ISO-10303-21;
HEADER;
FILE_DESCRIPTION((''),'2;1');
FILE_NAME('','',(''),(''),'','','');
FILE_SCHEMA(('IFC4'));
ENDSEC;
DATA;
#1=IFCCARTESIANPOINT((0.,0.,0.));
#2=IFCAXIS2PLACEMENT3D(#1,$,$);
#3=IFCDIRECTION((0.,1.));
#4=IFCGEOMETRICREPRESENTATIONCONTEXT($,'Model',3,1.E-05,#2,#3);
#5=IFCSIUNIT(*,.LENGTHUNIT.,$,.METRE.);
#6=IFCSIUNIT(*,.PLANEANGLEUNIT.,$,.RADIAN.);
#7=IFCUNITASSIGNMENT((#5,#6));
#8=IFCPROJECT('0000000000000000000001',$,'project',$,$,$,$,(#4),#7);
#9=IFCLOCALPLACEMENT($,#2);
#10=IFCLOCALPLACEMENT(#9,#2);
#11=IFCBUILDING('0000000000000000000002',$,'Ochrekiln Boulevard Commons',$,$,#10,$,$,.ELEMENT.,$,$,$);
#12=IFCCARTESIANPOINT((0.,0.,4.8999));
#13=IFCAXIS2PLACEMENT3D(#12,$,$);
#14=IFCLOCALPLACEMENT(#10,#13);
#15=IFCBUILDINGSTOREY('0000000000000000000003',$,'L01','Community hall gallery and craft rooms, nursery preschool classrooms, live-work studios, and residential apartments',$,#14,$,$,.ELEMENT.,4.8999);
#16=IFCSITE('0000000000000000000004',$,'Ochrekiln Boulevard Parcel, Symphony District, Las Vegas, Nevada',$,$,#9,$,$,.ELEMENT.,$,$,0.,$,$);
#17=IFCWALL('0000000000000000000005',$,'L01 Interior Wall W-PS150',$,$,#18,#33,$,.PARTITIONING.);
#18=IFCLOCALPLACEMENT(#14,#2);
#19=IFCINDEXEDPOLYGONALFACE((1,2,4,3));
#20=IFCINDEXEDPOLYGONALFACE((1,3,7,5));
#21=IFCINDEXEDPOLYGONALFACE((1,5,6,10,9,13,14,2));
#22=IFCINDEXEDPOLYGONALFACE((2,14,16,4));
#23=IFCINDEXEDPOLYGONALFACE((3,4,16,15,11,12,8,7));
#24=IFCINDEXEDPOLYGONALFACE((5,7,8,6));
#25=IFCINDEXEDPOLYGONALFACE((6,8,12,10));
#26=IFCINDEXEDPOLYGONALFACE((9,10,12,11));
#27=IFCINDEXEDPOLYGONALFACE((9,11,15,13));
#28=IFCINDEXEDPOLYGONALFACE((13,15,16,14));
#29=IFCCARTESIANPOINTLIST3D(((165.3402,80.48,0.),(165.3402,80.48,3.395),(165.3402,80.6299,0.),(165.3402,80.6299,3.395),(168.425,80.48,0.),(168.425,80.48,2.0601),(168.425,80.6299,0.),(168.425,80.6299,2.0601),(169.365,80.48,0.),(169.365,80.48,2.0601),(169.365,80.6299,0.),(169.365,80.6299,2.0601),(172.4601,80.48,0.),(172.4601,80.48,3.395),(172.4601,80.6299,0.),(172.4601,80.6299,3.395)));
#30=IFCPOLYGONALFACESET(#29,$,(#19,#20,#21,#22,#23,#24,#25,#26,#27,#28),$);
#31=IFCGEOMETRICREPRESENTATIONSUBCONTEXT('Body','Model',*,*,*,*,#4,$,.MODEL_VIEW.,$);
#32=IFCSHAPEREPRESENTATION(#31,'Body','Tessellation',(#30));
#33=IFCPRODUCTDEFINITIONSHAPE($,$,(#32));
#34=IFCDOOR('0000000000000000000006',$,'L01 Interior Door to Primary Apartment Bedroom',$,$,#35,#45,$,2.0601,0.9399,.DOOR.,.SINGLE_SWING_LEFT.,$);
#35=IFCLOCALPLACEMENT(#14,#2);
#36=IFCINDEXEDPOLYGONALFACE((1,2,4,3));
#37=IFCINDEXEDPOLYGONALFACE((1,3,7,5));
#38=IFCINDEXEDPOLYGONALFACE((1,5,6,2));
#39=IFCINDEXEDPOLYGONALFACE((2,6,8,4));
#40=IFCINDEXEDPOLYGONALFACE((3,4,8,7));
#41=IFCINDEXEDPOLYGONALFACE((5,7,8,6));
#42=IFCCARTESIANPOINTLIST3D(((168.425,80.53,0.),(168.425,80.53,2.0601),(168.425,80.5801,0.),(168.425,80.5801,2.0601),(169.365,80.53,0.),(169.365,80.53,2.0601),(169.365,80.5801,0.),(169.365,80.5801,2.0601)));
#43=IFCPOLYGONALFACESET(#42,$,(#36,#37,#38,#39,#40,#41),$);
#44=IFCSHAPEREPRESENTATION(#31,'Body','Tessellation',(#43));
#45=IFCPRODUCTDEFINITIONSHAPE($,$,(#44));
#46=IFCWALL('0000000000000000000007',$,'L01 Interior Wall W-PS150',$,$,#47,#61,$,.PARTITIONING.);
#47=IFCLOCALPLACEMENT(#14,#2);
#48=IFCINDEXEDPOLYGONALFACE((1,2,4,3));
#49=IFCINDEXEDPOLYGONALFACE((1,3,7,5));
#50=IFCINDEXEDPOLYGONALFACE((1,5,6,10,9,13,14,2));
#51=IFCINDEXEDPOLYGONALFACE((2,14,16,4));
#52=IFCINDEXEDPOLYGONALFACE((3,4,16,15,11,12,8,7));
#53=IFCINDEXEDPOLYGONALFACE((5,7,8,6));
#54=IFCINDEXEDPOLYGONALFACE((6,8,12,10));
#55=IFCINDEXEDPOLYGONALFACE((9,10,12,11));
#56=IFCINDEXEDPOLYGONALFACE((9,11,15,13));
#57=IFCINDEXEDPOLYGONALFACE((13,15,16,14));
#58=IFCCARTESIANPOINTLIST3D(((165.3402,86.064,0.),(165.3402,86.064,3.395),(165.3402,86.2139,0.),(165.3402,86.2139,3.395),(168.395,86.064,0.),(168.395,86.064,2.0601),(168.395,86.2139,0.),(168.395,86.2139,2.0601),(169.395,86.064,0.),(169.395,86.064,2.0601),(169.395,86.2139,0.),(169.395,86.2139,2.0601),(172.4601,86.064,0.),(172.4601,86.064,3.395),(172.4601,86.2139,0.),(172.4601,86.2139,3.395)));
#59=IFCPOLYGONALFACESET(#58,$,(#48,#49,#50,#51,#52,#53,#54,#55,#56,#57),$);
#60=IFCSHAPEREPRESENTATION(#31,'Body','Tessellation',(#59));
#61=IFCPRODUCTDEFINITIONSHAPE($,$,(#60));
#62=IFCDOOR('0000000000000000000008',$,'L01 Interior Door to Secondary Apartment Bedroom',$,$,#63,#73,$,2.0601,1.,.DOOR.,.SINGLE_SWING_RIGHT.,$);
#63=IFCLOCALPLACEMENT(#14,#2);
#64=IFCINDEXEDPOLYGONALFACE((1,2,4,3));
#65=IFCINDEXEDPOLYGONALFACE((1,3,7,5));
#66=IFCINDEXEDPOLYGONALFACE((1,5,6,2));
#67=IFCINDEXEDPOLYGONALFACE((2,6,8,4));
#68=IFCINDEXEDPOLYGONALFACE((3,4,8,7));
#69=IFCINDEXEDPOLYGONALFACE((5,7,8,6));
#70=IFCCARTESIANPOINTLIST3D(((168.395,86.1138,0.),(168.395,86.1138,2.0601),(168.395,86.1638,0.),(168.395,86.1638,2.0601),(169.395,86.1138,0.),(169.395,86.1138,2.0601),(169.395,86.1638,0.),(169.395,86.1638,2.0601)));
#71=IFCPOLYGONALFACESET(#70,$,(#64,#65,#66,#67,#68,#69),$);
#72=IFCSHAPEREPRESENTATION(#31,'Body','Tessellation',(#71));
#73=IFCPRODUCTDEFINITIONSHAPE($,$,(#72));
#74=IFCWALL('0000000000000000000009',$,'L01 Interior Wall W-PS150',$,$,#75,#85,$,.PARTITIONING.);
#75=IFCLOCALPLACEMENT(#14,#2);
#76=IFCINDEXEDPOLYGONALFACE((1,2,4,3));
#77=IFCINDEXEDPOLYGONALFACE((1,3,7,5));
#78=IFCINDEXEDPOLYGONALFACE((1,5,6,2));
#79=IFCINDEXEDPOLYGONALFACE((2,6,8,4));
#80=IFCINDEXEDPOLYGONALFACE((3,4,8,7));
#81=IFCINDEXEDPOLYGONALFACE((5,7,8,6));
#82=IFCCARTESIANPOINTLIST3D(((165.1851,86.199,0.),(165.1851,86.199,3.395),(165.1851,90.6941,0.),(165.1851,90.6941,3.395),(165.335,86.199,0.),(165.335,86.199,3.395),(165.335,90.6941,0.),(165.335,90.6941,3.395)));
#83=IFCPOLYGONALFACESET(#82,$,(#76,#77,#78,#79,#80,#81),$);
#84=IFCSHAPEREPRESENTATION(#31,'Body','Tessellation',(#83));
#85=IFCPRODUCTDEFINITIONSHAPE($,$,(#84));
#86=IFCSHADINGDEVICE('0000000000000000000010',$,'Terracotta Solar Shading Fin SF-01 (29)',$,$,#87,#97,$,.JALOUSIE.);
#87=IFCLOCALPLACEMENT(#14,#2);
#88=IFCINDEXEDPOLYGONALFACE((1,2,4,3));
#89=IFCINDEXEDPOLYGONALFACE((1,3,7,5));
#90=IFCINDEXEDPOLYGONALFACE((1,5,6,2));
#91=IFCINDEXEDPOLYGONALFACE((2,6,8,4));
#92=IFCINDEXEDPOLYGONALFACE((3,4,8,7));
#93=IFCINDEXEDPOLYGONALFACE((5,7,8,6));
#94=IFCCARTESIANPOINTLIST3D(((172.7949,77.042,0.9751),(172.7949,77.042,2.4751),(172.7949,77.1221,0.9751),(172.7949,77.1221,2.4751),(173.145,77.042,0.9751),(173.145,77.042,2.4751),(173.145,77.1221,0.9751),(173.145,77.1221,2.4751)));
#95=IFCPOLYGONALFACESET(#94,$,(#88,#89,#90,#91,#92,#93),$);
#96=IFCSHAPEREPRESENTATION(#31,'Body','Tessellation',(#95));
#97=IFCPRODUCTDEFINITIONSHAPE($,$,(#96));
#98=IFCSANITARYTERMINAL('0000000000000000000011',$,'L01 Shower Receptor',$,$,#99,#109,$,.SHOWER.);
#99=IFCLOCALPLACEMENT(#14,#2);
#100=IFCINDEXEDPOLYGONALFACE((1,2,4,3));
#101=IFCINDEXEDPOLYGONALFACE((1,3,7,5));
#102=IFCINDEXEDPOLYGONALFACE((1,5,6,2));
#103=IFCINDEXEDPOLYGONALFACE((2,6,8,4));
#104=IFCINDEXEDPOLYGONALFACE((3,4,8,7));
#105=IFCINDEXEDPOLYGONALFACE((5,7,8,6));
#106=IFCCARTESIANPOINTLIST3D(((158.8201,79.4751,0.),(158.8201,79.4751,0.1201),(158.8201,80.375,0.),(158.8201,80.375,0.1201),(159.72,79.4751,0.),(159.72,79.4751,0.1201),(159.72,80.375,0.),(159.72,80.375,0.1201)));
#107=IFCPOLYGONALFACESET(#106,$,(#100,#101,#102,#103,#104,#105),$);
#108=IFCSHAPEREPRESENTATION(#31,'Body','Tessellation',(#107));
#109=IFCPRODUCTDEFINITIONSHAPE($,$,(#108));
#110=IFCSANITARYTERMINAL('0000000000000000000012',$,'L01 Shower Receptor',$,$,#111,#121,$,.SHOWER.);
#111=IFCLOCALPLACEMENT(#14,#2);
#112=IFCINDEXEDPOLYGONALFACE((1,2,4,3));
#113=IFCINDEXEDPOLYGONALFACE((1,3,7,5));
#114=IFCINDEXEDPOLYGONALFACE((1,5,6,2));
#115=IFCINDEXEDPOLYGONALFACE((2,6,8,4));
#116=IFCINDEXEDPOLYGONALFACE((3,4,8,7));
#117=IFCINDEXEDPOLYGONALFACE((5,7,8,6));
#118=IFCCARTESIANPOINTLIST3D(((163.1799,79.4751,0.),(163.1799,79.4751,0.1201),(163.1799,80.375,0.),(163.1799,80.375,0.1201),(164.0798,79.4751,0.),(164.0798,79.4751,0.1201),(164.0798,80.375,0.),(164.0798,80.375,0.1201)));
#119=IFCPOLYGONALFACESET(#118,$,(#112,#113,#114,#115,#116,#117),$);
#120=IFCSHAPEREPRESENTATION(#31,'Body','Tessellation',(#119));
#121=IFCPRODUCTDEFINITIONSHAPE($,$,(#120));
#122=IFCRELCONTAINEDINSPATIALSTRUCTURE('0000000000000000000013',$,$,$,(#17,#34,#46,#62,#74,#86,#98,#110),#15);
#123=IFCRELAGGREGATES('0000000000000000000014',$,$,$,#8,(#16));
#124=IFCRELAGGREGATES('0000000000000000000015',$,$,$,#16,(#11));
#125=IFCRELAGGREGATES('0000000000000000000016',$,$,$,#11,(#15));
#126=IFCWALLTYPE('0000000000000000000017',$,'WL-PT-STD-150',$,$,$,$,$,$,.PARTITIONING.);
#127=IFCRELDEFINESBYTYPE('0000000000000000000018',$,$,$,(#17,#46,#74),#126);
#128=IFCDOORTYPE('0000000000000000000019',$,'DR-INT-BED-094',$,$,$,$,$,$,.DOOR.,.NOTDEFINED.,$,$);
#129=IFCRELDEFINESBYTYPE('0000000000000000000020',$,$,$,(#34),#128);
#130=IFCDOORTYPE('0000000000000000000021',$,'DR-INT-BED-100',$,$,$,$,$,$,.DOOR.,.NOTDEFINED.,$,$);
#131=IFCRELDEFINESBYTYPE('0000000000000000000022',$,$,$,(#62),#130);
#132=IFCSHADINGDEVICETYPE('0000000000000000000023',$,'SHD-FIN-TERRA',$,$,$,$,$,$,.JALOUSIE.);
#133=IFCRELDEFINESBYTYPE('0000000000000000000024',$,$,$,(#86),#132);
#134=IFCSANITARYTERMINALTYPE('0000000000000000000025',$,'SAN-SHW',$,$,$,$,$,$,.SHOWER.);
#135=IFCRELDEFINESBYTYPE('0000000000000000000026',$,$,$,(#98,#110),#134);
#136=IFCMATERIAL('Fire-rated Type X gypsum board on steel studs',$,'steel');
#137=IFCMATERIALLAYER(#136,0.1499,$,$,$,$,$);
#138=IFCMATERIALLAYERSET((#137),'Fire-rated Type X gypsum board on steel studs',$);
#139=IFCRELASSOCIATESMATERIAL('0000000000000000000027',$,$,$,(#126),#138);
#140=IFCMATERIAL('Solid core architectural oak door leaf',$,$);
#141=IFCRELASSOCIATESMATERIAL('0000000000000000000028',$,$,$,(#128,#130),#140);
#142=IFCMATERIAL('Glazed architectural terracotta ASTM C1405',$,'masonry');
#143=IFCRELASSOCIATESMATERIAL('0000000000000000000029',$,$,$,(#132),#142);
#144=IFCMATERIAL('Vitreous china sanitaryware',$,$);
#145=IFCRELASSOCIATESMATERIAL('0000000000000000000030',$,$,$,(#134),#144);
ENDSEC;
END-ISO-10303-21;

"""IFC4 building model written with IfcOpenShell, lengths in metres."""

from ifc_helpers import new_model, si_unit, direction, frame, frame_2d, origin, origin_2d, place, context, subcontext, project, spatial, rectangle, extrude, material, layer, layer_set, type_object, element, fill, save


model = new_model("IFC4")

# Units and contexts
model_context = context("Model", 3, precision=1e-05, world=origin(), true_north=direction((0.0, 1.0)))
body_context = subcontext(model_context, "Body", "Model", "MODEL_VIEW")
ifc_project = project(units=[si_unit("LENGTHUNIT", "METRE"), si_unit("PLANEANGLEUNIT", "RADIAN")], contexts=[model_context])

# Site, building, storey
site_placement = place(None, origin())
site = spatial("IfcSite", under=ifc_project, at=site_placement, Name="Ochrekiln Boulevard Parcel, Symphony District, Las Vegas, Nevada", CompositionType="ELEMENT", RefElevation=0.0)
building_placement = place(site_placement, origin())
building = spatial("IfcBuilding", under=site, at=building_placement, Name="Ochrekiln Boulevard Commons", CompositionType="ELEMENT")
storey_placement = place(building_placement, frame((0.0, 0.0, 4.8999)))
storey = spatial("IfcBuildingStorey", under=building, at=storey_placement, Name="L01", Description="Community hall gallery and craft rooms, nursery preschool classrooms, live-work studios, and residential apartments", CompositionType="ELEMENT", Elevation=4.8999)

# Shared definitions
ifc_material_1 = material(Name="Solid core architectural oak door leaf")
ifc_material_2 = material(Name="Fire-rated Type X gypsum board on steel studs", Category="steel")

# Shared definitions
ifc_layer_1 = layer(ifc_material_2, 0.1499)
ifc_layer_set_1 = layer_set([ifc_layer_1], Name="Fire-rated Type X gypsum board on steel studs")
wall_type_1 = type_object("IfcWallType", Name="WL-PT-STD-150", PredefinedType="PARTITIONING", material=ifc_layer_set_1)

# Walls, openings, doors
wall_1_placement = place(storey_placement, frame((165.3401, 80.5549, 0.0), z_axis=(0.0, 0.0, 1.0), x_axis=(1.0, 0.0, 0.0)))
wall_1 = element("IfcWall", 1, at=wall_1_placement, inside=storey, type_object=wall_type_1, Name="L01 Interior Wall W-PS150", PredefinedType="PARTITIONING", context=body_context, shape_type="SweptSolid", body=[
    extrude(rectangle(XDim=7.1199, YDim=0.1499, at=frame_2d((3.5601, 0.0))), origin(), (0.0, 0.0, 1.0), 3.395),
])
opening_1_placement = place(wall_1_placement, frame((3.085, 0.0, 0.0)))
opening_1 = element("IfcOpeningElement", 2, at=opening_1_placement, cuts=wall_1, PredefinedType="OPENING", context=body_context, shape_type="SweptSolid", body=[
    extrude(rectangle(XDim=0.9399, YDim=2.0601, at=frame_2d((0.47, 1.03))), frame((0.0, 0.085, 0.0), z_axis=(0.0, -1.0, 0.0), x_axis=(1.0, 0.0, 0.0)), (0.0, 0.0, 1.0), 0.1699),
])
door_type_1 = type_object("IfcDoorType", Name="DR-INT-BED-094", OperationType="NOTDEFINED", PredefinedType="DOOR", material=ifc_material_1)
door_1_placement = place(opening_1_placement, frame((0.9399, 0.0, 0.0), z_axis=(0.0, 0.0, 1.0), x_axis=(-1.0, 0.0, 0.0)))
door_1 = element("IfcDoor", 3, at=door_1_placement, inside=storey, type_object=door_type_1, Name="L01 Interior Door to Primary Apartment Bedroom", OperationType="SINGLE_SWING_LEFT", OverallHeight=2.0601, OverallWidth=0.9399, PredefinedType="DOOR", context=body_context, shape_type="SweptSolid", body=[
    extrude(rectangle(XDim=0.9399, YDim=2.0601, at=frame_2d((0.47, 1.03))), frame((0.0, 0.0249, 0.0), z_axis=(0.0, -1.0, 0.0), x_axis=(1.0, 0.0, 0.0)), (0.0, 0.0, 1.0), 0.05),
])
fill(opening_1, door_1)
wall_2_placement = place(storey_placement, frame((165.3401, 86.1389, 0.0), z_axis=(0.0, 0.0, 1.0), x_axis=(1.0, 0.0, 0.0)))
wall_2 = element("IfcWall", 4, at=wall_2_placement, inside=storey, type_object=wall_type_1, Name="L01 Interior Wall W-PS150", PredefinedType="PARTITIONING", context=body_context, shape_type="SweptSolid", body=[
    extrude(rectangle(XDim=7.1199, YDim=0.1499, at=frame_2d((3.5601, 0.0))), origin(), (0.0, 0.0, 1.0), 3.395),
])
opening_2_placement = place(wall_2_placement, frame((3.0549, 0.0, 0.0)))
opening_2 = element("IfcOpeningElement", 5, at=opening_2_placement, cuts=wall_2, PredefinedType="OPENING", context=body_context, shape_type="SweptSolid", body=[
    extrude(rectangle(XDim=1.0, YDim=2.0601, at=frame_2d((0.5, 1.03))), frame((0.0, 0.085, 0.0), z_axis=(0.0, -1.0, 0.0), x_axis=(1.0, 0.0, 0.0)), (0.0, 0.0, 1.0), 0.1699),
])
door_type_2 = type_object("IfcDoorType", Name="DR-INT-BED-100", OperationType="NOTDEFINED", PredefinedType="DOOR", material=ifc_material_1)
door_2_placement = place(opening_2_placement, origin())
door_2 = element("IfcDoor", 6, at=door_2_placement, inside=storey, type_object=door_type_2, Name="L01 Interior Door to Secondary Apartment Bedroom", OperationType="SINGLE_SWING_RIGHT", OverallHeight=2.0601, OverallWidth=1.0, PredefinedType="DOOR", context=body_context, shape_type="SweptSolid", body=[
    extrude(rectangle(XDim=1.0, YDim=2.0601, at=frame_2d((0.5, 1.03))), frame((0.0, 0.0249, 0.0), z_axis=(0.0, -1.0, 0.0), x_axis=(1.0, 0.0, 0.0)), (0.0, 0.0, 1.0), 0.05),
])
fill(opening_2, door_2)

# Wall
wall_3_placement = place(storey_placement, frame((165.26, 86.199, 0.0), z_axis=(0.0, 0.0, 1.0), x_axis=(0.0, 1.0, 0.0)))
element("IfcWall", 7, at=wall_3_placement, inside=storey, type_object=wall_type_1, Name="L01 Interior Wall W-PS150", PredefinedType="PARTITIONING", context=body_context, shape_type="SweptSolid", body=[
    extrude(rectangle(XDim=4.4951, YDim=0.1499, at=frame_2d((2.2476, 0.0))), origin(), (0.0, 0.0, 1.0), 3.395),
])

# Shading device
ifc_material_3 = material(Name="Glazed architectural terracotta ASTM C1405", Category="masonry")
shading_device_type = type_object("IfcShadingDeviceType", Name="SHD-FIN-TERRA", PredefinedType="JALOUSIE", material=ifc_material_3)
shading_device_placement = place(storey_placement, frame((172.97, 77.082, 0.9751), z_axis=(0.0, 0.0, 1.0), x_axis=(1.0, 0.0, 0.0)))
element("IfcShadingDevice", 8, at=shading_device_placement, inside=storey, type_object=shading_device_type, Name="Terracotta Solar Shading Fin SF-01 (29)", PredefinedType="JALOUSIE", context=body_context, shape_type="SweptSolid", body=[
    extrude(rectangle(XDim=0.3501, YDim=0.0801, at=origin_2d()), origin(), (0.0, 0.0, 1.0), 1.5),
])

# Sanitary terminals
ifc_material_4 = material(Name="Vitreous china sanitaryware")
sanitary_terminal_type = type_object("IfcSanitaryTerminalType", Name="SAN-SHW", PredefinedType="SHOWER", material=ifc_material_4)
for number, where, z_axis, x_axis, name in (
    (9, (159.27, 79.925, 0.0), (0.0, 0.0, 1.0), (1.0, 0.0, 0.0), "L01 Shower Receptor"),
    (10, (163.6299, 79.925, 0.0), (0.0, 0.0, 1.0), (1.0, 0.0, 0.0), "L01 Shower Receptor"),
):
    element("IfcSanitaryTerminal", number, at=place(storey_placement, frame(where, z_axis=z_axis, x_axis=x_axis)), inside=storey, type_object=sanitary_terminal_type, Name=name, PredefinedType="SHOWER", context=body_context, shape_type="SweptSolid", body=[
        extrude(rectangle(XDim=0.8999, YDim=0.8999, at=origin_2d()), origin(), (0.0, 0.0, 1.0), 0.1201),
    ])

save(model, "model.ifc")
